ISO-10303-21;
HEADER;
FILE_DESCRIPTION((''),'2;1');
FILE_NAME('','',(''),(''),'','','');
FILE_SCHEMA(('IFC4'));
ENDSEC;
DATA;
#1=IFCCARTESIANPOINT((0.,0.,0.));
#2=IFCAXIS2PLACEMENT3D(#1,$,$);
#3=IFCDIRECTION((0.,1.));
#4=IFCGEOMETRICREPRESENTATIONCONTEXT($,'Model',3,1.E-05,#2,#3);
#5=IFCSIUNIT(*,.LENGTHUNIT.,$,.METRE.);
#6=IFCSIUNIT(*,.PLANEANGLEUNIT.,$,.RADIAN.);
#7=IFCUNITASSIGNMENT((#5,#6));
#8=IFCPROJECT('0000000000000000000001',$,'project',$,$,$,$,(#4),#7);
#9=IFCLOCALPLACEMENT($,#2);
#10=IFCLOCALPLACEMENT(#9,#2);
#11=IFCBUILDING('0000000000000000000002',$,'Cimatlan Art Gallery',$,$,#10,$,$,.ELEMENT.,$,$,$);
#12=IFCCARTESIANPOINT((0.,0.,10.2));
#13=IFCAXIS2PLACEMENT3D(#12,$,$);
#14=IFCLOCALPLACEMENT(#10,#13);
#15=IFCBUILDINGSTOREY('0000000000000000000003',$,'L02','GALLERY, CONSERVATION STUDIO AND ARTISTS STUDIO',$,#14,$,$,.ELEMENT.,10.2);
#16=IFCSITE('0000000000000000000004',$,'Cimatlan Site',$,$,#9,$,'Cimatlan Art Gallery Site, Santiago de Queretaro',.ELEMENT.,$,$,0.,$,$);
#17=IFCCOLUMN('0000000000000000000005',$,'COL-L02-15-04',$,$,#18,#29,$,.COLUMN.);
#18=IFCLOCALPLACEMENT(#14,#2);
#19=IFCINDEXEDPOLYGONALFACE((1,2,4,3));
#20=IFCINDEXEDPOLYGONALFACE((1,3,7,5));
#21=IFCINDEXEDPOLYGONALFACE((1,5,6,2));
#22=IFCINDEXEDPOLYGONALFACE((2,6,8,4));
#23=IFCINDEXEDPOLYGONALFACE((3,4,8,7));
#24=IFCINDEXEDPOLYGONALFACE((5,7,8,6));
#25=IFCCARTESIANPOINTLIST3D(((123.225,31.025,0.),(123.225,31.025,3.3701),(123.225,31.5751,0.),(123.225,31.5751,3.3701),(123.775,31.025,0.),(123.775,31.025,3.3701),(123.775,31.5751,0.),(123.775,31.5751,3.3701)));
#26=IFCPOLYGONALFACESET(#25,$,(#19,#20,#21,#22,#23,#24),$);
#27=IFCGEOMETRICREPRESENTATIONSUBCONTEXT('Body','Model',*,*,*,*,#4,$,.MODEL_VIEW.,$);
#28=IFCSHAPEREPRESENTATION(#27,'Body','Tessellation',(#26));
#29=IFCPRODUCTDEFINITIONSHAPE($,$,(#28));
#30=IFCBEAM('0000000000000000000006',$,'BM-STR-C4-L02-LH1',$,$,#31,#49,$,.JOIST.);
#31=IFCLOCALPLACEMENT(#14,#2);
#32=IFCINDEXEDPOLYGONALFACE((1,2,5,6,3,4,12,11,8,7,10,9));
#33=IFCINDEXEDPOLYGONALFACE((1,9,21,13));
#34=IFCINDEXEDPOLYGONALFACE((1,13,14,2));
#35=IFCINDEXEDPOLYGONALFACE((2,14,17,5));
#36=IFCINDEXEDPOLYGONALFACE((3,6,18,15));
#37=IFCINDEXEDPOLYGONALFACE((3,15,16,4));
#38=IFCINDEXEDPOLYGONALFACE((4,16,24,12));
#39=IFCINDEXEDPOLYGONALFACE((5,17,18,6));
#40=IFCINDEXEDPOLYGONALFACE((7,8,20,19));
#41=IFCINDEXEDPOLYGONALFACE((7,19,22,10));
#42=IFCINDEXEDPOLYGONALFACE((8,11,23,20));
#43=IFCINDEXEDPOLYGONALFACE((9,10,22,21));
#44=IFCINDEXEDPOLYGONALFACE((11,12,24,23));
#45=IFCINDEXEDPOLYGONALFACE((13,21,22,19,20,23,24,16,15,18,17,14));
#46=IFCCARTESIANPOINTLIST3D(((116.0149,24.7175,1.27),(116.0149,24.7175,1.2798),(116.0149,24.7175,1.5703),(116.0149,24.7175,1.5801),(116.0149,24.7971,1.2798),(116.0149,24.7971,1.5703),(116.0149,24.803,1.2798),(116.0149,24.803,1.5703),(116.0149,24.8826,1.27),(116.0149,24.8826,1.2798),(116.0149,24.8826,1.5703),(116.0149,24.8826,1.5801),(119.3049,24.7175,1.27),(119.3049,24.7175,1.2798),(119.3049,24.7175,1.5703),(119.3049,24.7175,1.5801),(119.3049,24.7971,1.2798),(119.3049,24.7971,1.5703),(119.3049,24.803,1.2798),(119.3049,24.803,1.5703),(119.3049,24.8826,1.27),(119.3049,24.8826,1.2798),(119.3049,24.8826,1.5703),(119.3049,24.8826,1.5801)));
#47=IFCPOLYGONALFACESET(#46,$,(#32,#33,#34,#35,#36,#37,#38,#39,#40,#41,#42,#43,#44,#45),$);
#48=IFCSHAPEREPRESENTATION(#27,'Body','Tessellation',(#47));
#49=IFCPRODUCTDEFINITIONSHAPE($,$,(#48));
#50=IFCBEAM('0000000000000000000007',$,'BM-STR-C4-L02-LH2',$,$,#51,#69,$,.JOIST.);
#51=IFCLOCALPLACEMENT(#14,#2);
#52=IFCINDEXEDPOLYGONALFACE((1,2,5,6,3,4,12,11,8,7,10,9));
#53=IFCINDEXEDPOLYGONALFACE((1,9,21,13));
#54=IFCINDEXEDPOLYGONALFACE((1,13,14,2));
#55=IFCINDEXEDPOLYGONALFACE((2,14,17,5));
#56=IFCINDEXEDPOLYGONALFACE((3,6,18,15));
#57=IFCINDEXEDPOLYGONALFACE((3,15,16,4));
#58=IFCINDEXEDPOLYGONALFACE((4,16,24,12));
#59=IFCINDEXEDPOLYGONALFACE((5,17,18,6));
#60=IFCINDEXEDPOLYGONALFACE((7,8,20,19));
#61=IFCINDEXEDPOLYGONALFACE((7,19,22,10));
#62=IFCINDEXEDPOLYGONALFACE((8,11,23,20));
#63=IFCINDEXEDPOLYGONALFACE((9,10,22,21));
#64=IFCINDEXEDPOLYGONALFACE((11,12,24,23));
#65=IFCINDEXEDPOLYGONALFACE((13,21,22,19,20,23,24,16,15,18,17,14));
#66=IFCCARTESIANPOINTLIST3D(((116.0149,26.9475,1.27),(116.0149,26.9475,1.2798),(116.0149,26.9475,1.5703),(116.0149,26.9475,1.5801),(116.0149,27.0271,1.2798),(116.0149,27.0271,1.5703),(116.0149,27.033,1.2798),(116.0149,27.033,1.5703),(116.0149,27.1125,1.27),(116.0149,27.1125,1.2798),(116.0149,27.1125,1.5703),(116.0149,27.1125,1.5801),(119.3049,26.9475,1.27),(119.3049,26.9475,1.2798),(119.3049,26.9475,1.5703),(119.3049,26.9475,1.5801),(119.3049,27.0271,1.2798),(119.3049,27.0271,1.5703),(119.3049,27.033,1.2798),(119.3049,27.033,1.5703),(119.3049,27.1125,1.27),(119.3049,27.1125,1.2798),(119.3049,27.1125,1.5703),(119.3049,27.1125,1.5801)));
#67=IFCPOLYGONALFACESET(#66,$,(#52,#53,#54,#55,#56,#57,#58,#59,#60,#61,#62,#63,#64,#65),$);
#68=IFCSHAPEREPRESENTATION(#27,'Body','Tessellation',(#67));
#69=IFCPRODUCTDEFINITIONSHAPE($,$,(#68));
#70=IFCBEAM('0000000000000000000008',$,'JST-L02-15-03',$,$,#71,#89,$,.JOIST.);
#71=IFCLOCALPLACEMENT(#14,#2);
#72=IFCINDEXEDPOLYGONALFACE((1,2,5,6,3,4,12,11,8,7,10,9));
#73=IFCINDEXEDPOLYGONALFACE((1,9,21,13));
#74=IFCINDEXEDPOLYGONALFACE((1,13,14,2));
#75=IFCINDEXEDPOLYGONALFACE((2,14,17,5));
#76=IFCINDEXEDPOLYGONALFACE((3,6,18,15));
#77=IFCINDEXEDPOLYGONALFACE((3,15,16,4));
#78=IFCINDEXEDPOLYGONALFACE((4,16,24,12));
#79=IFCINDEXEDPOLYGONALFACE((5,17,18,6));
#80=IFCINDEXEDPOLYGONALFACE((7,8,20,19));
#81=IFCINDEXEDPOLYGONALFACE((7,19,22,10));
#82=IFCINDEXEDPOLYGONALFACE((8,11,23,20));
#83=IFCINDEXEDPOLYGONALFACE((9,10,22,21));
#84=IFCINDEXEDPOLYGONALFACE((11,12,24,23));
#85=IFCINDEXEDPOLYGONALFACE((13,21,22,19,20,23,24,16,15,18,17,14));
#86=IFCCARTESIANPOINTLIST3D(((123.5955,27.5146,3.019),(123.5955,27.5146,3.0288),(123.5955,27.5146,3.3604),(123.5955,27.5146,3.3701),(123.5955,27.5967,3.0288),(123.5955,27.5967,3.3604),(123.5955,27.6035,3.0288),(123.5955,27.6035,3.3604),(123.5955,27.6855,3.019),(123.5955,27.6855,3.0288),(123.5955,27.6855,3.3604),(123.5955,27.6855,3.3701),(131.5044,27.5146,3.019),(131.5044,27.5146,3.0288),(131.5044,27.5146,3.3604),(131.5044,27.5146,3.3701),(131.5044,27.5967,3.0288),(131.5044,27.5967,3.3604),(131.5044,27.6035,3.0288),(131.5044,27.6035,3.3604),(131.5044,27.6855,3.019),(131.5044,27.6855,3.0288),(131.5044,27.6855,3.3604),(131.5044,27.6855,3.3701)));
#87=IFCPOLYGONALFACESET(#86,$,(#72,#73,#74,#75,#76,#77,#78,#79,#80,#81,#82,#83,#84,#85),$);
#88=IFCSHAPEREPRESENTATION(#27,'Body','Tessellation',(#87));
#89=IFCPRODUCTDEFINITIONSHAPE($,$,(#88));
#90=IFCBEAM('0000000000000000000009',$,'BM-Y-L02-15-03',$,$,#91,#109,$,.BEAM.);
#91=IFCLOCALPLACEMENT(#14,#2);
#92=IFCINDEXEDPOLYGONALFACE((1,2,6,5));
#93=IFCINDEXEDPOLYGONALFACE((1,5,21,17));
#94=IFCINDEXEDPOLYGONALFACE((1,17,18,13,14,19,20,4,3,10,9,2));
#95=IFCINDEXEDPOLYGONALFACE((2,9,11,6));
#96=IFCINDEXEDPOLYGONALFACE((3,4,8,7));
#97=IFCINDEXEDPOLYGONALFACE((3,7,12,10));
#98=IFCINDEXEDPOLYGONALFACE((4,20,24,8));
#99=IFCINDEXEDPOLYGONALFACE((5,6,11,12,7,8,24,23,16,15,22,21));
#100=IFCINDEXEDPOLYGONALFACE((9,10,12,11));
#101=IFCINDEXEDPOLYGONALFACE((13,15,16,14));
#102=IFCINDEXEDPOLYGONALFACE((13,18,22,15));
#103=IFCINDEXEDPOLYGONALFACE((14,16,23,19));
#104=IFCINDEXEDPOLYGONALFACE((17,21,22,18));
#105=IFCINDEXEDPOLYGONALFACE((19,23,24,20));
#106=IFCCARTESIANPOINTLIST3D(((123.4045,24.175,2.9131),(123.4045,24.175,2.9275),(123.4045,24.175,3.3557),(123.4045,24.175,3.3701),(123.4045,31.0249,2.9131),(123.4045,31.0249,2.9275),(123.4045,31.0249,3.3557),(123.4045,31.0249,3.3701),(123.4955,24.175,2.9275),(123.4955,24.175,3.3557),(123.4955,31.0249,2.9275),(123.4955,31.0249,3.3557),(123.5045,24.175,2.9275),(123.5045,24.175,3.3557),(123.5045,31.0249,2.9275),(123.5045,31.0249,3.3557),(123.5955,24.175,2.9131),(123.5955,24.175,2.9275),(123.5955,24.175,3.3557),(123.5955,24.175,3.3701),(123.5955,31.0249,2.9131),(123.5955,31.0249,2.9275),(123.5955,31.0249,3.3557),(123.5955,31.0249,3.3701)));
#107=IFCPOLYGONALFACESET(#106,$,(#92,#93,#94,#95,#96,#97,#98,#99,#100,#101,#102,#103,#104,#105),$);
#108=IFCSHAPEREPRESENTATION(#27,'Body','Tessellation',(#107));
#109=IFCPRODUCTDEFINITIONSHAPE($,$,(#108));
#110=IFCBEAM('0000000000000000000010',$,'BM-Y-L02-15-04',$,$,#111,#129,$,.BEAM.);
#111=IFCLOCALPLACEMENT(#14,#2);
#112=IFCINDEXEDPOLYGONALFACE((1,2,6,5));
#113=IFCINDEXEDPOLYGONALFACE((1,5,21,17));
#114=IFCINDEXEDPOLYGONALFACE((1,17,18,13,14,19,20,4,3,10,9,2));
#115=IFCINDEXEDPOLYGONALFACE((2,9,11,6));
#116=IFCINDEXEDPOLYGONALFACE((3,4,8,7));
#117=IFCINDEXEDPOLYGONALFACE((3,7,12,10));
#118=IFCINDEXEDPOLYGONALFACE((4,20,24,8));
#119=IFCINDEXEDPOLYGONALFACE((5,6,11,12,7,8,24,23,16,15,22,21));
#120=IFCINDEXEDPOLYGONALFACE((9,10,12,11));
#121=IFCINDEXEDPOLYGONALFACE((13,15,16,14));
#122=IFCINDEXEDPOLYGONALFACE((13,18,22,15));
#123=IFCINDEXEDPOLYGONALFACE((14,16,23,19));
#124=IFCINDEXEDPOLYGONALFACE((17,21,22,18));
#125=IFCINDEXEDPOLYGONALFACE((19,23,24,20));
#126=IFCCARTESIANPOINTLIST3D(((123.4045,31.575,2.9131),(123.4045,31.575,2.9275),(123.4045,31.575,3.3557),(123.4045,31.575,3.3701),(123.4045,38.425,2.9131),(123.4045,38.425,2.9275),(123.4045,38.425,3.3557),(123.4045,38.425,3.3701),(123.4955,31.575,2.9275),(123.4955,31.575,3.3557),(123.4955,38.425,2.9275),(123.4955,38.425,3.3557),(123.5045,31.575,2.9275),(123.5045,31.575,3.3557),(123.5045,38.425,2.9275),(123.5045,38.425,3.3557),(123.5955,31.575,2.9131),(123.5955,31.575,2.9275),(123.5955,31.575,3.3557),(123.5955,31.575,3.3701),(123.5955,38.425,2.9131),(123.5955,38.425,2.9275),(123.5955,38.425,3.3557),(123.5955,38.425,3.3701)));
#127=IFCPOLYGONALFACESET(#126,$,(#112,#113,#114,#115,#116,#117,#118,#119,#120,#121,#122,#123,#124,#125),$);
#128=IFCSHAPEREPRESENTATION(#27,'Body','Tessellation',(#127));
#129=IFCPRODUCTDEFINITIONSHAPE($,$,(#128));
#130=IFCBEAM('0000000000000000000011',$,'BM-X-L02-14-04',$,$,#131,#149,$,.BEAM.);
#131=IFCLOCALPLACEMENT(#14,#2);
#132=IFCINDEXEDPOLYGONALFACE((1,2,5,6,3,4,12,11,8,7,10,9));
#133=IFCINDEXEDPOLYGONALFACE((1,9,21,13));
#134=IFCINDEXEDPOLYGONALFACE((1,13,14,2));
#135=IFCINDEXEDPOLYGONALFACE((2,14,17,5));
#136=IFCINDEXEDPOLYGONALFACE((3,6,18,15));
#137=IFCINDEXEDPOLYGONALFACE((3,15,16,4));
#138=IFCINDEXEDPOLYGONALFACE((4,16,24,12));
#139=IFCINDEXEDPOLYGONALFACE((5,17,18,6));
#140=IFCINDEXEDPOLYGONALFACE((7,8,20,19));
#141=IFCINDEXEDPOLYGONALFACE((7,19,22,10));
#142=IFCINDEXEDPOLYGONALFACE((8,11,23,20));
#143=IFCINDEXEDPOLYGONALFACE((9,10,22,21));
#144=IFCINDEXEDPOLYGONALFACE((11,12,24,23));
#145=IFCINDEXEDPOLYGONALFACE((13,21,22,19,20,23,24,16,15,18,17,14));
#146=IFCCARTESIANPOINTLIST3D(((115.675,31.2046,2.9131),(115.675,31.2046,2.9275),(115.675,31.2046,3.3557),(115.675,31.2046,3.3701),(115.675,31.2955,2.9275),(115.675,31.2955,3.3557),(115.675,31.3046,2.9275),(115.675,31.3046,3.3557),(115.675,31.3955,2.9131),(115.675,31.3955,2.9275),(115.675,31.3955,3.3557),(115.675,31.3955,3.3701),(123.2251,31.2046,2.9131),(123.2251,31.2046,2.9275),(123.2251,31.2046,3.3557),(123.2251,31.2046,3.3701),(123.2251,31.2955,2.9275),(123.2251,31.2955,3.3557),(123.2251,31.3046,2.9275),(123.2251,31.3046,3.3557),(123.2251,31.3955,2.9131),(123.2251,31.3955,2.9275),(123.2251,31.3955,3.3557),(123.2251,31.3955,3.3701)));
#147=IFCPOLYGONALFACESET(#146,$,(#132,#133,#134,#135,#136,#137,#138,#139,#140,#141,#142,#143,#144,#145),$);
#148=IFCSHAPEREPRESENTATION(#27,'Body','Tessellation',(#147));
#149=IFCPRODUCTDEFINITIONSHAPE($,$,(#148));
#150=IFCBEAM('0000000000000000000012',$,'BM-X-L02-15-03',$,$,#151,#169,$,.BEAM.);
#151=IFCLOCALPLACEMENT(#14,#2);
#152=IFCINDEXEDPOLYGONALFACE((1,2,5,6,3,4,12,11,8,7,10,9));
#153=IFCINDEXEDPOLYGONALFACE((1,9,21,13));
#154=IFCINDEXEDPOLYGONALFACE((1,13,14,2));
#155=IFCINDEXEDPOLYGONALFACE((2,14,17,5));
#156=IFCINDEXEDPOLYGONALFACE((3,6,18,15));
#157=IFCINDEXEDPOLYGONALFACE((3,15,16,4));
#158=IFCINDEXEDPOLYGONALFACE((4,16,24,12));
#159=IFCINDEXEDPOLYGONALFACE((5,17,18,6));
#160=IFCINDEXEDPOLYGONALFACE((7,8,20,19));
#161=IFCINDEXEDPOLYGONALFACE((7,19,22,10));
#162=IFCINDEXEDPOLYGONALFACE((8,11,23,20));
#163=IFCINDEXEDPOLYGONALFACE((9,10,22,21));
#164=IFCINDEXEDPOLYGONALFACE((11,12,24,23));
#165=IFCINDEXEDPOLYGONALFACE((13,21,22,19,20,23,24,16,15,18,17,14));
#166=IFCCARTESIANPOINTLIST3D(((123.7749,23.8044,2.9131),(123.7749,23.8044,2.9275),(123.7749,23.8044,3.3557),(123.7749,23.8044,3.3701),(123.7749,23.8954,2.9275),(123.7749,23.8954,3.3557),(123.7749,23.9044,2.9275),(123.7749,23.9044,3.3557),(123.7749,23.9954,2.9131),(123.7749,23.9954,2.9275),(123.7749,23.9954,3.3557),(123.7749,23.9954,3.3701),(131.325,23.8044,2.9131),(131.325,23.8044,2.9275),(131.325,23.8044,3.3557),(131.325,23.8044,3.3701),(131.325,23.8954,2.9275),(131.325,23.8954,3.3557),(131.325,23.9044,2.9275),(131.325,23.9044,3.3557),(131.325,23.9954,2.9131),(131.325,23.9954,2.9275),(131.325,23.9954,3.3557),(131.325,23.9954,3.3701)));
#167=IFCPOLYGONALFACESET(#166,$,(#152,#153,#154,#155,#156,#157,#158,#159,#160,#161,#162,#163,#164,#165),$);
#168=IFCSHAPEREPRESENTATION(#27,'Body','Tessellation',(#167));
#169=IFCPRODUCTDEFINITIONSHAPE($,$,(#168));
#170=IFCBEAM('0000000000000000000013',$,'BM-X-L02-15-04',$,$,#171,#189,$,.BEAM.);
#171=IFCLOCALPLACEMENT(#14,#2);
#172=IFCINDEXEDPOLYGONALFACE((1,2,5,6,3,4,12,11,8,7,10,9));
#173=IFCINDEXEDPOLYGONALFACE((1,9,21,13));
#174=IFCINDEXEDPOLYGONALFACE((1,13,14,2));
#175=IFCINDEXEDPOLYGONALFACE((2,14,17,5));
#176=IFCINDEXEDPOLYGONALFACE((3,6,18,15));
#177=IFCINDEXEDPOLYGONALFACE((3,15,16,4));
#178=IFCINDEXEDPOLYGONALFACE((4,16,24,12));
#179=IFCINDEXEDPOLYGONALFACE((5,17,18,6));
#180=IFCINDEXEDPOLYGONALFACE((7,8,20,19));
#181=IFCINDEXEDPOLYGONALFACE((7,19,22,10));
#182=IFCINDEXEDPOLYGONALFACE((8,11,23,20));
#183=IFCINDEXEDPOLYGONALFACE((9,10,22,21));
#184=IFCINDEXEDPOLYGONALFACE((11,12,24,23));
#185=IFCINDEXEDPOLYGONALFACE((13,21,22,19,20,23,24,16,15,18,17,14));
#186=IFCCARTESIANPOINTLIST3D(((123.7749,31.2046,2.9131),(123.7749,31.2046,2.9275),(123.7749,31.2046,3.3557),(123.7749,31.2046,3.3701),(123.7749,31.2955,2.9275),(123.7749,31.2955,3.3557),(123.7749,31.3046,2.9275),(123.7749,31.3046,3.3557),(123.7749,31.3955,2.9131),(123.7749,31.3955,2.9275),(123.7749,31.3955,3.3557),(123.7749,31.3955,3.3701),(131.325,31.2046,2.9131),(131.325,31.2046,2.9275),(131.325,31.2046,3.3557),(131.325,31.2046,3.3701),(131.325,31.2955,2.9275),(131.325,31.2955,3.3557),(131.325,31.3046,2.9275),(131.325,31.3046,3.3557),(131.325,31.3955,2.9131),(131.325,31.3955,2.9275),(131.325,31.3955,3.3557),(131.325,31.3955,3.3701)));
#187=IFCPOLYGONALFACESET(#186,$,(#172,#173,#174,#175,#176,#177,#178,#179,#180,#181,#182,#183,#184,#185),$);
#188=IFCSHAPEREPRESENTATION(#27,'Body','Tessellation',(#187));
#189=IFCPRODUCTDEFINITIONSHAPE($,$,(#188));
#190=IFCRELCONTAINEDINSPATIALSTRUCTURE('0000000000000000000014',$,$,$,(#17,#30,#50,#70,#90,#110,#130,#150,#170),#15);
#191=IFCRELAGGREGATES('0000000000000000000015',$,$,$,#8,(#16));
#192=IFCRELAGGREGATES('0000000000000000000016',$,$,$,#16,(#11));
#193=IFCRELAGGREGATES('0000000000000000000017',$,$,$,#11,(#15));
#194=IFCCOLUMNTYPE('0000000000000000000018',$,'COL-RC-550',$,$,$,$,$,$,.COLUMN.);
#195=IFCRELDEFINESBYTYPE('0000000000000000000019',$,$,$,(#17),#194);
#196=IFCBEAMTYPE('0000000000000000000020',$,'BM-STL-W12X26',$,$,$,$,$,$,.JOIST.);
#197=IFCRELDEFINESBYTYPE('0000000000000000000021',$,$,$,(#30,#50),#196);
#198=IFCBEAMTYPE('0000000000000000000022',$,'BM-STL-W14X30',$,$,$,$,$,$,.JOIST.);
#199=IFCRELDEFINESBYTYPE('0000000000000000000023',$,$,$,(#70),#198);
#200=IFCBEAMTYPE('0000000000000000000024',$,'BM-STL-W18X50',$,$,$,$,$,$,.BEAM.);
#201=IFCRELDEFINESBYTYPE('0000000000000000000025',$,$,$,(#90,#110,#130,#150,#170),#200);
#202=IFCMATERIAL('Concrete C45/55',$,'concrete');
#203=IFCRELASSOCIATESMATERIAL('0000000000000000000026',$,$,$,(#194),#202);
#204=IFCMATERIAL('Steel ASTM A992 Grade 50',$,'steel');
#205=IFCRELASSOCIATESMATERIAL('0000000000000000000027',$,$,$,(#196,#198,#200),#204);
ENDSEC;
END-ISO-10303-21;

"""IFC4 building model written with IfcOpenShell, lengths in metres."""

from ifc_helpers import new_model, si_unit, direction, frame, origin, origin_2d, place, context, subcontext, project, spatial, rectangle, i_section, extrude, material, material_profile, profile_set, type_object, element, save


model = new_model("IFC4")

# Units and contexts
model_context = context("Model", 3, precision=1e-05, world=origin(), true_north=direction((0.0, 1.0)))
body_context = subcontext(model_context, "Body", "Model", "MODEL_VIEW")
ifc_project = project(units=[si_unit("LENGTHUNIT", "METRE"), si_unit("PLANEANGLEUNIT", "RADIAN")], contexts=[model_context])

# Site, building, storey
site_placement = place(None, origin())
site = spatial("IfcSite", under=ifc_project, at=site_placement, Name="Cimatlan Site", LongName="Cimatlan Art Gallery Site, Santiago de Queretaro", CompositionType="ELEMENT", RefElevation=0.0)
building_placement = place(site_placement, origin())
building = spatial("IfcBuilding", under=site, at=building_placement, Name="Cimatlan Art Gallery", CompositionType="ELEMENT")
storey_placement = place(building_placement, frame((0.0, 0.0, 10.2)))
storey = spatial("IfcBuildingStorey", under=building, at=storey_placement, Name="L02", Description="GALLERY, CONSERVATION STUDIO AND ARTISTS STUDIO", CompositionType="ELEMENT", Elevation=10.2)

# Column
ifc_material_1 = material(Name="Concrete C45/55", Category="concrete")
ifc_material_profile_1 = material_profile(ifc_material_1, rectangle(XDim=0.55, YDim=0.55, at=origin_2d()), Name="RC550X550")
ifc_profile_set_1 = profile_set([ifc_material_profile_1], Name="Concrete C45/55")
column_type = type_object("IfcColumnType", Name="COL-RC-550", PredefinedType="COLUMN", material=ifc_profile_set_1)
column_placement = place(storey_placement, frame((123.5, 31.3, 0.0), z_axis=(0.0, 0.0, 1.0), x_axis=(1.0, 0.0, 0.0)))
element("IfcColumn", 1, at=column_placement, inside=storey, type_object=column_type, Name="COL-L02-15-04", PredefinedType="COLUMN", context=body_context, shape_type="SweptSolid", body=[
    extrude(rectangle(XDim=0.55, YDim=0.55, at=origin_2d()), origin(), (0.0, 0.0, 1.0), 3.3701),
])

# Beams
ifc_material_2 = material(Name="Steel ASTM A992 Grade 50", Category="steel")
ifc_material_profile_2 = material_profile(ifc_material_2, i_section(OverallWidth=0.165, OverallDepth=0.3101, WebThickness=0.0059, FlangeThickness=0.0098, at=origin_2d()), Name="W12X26")
ifc_profile_set_2 = profile_set([ifc_material_profile_2], Name="Steel ASTM A992 Grade 50")
beam_type_1 = type_object("IfcBeamType", Name="BM-STL-W12X26", PredefinedType="JOIST", material=ifc_profile_set_2)
for number, where, z_axis, x_axis, name in (
    (2, (116.0149, 24.8, 1.425), (1.0, 0.0, 0.0), (0.0, 1.0, 0.0), "BM-STR-C4-L02-LH1"),
    (3, (116.0149, 27.03, 1.425), (1.0, 0.0, 0.0), (0.0, 1.0, 0.0), "BM-STR-C4-L02-LH2"),
):
    element("IfcBeam", number, at=place(storey_placement, frame(where, z_axis=z_axis, x_axis=x_axis)), inside=storey, type_object=beam_type_1, Name=name, PredefinedType="JOIST", context=body_context, shape_type="SweptSolid", body=[
        extrude(i_section(OverallWidth=0.165, OverallDepth=0.3101, WebThickness=0.0059, FlangeThickness=0.0098, at=origin_2d()), origin(), (0.0, 0.0, 1.0), 3.29),
    ])
ifc_material_profile_3 = material_profile(ifc_material_2, i_section(OverallWidth=0.1709, OverallDepth=0.3511, WebThickness=0.0068, FlangeThickness=0.0098, at=origin_2d()), Name="W14X30")
ifc_profile_set_3 = profile_set([ifc_material_profile_3], Name="Steel ASTM A992 Grade 50")
beam_type_2 = type_object("IfcBeamType", Name="BM-STL-W14X30", PredefinedType="JOIST", material=ifc_profile_set_3)
beam_1_placement = place(storey_placement, frame((123.5955, 27.6001, 3.1946), z_axis=(1.0, 0.0, 0.0), x_axis=(0.0, 1.0, 0.0)))
element("IfcBeam", 4, at=beam_1_placement, inside=storey, type_object=beam_type_2, Name="JST-L02-15-03", PredefinedType="JOIST", context=body_context, shape_type="SweptSolid", body=[
    extrude(i_section(OverallWidth=0.1709, OverallDepth=0.3511, WebThickness=0.0068, FlangeThickness=0.0098, at=origin_2d()), origin(), (0.0, 0.0, 1.0), 7.9089),
])
ifc_material_profile_4 = material_profile(ifc_material_2, i_section(OverallWidth=0.1909, OverallDepth=0.457, WebThickness=0.009, FlangeThickness=0.0144, at=origin_2d()), Name="W18X50")
ifc_profile_set_4 = profile_set([ifc_material_profile_4], Name="Steel ASTM A992 Grade 50")
beam_type_3 = type_object("IfcBeamType", Name="BM-STL-W18X50", PredefinedType="BEAM", material=ifc_profile_set_4)
beam_2_placement = place(storey_placement, frame((123.5, 24.175, 3.1416), z_axis=(0.0, 1.0, 0.0), x_axis=(-1.0, 0.0, 0.0)))
element("IfcBeam", 5, at=beam_2_placement, inside=storey, type_object=beam_type_3, Name="BM-Y-L02-15-03", PredefinedType="BEAM", context=body_context, shape_type="SweptSolid", body=[
    extrude(i_section(OverallWidth=0.1909, OverallDepth=0.457, WebThickness=0.009, FlangeThickness=0.0144, at=origin_2d()), origin(), (0.0, 0.0, 1.0), 6.8499),
])
beam_3_placement = place(storey_placement, frame((123.5, 31.575, 3.1416), z_axis=(0.0, 1.0, 0.0), x_axis=(-1.0, 0.0, 0.0)))
element("IfcBeam", 6, at=beam_3_placement, inside=storey, type_object=beam_type_3, Name="BM-Y-L02-15-04", PredefinedType="BEAM", context=body_context, shape_type="SweptSolid", body=[
    extrude(i_section(OverallWidth=0.1909, OverallDepth=0.457, WebThickness=0.009, FlangeThickness=0.0144, at=origin_2d()), origin(), (0.0, 0.0, 1.0), 6.8501),
])
for number, where, z_axis, x_axis, name in (
    (7, (115.675, 31.3, 3.1416), (1.0, 0.0, 0.0), (0.0, 1.0, 0.0), "BM-X-L02-14-04"),
    (8, (123.7749, 23.8999, 3.1416), (1.0, 0.0, 0.0), (0.0, 1.0, 0.0), "BM-X-L02-15-03"),
    (9, (123.7749, 31.3, 3.1416), (1.0, 0.0, 0.0), (0.0, 1.0, 0.0), "BM-X-L02-15-04"),
):
    element("IfcBeam", number, at=place(storey_placement, frame(where, z_axis=z_axis, x_axis=x_axis)), inside=storey, type_object=beam_type_3, Name=name, PredefinedType="BEAM", context=body_context, shape_type="SweptSolid", body=[
        extrude(i_section(OverallWidth=0.1909, OverallDepth=0.457, WebThickness=0.009, FlangeThickness=0.0144, at=origin_2d()), origin(), (0.0, 0.0, 1.0), 7.55),
    ])

save(model, "model.ifc")
